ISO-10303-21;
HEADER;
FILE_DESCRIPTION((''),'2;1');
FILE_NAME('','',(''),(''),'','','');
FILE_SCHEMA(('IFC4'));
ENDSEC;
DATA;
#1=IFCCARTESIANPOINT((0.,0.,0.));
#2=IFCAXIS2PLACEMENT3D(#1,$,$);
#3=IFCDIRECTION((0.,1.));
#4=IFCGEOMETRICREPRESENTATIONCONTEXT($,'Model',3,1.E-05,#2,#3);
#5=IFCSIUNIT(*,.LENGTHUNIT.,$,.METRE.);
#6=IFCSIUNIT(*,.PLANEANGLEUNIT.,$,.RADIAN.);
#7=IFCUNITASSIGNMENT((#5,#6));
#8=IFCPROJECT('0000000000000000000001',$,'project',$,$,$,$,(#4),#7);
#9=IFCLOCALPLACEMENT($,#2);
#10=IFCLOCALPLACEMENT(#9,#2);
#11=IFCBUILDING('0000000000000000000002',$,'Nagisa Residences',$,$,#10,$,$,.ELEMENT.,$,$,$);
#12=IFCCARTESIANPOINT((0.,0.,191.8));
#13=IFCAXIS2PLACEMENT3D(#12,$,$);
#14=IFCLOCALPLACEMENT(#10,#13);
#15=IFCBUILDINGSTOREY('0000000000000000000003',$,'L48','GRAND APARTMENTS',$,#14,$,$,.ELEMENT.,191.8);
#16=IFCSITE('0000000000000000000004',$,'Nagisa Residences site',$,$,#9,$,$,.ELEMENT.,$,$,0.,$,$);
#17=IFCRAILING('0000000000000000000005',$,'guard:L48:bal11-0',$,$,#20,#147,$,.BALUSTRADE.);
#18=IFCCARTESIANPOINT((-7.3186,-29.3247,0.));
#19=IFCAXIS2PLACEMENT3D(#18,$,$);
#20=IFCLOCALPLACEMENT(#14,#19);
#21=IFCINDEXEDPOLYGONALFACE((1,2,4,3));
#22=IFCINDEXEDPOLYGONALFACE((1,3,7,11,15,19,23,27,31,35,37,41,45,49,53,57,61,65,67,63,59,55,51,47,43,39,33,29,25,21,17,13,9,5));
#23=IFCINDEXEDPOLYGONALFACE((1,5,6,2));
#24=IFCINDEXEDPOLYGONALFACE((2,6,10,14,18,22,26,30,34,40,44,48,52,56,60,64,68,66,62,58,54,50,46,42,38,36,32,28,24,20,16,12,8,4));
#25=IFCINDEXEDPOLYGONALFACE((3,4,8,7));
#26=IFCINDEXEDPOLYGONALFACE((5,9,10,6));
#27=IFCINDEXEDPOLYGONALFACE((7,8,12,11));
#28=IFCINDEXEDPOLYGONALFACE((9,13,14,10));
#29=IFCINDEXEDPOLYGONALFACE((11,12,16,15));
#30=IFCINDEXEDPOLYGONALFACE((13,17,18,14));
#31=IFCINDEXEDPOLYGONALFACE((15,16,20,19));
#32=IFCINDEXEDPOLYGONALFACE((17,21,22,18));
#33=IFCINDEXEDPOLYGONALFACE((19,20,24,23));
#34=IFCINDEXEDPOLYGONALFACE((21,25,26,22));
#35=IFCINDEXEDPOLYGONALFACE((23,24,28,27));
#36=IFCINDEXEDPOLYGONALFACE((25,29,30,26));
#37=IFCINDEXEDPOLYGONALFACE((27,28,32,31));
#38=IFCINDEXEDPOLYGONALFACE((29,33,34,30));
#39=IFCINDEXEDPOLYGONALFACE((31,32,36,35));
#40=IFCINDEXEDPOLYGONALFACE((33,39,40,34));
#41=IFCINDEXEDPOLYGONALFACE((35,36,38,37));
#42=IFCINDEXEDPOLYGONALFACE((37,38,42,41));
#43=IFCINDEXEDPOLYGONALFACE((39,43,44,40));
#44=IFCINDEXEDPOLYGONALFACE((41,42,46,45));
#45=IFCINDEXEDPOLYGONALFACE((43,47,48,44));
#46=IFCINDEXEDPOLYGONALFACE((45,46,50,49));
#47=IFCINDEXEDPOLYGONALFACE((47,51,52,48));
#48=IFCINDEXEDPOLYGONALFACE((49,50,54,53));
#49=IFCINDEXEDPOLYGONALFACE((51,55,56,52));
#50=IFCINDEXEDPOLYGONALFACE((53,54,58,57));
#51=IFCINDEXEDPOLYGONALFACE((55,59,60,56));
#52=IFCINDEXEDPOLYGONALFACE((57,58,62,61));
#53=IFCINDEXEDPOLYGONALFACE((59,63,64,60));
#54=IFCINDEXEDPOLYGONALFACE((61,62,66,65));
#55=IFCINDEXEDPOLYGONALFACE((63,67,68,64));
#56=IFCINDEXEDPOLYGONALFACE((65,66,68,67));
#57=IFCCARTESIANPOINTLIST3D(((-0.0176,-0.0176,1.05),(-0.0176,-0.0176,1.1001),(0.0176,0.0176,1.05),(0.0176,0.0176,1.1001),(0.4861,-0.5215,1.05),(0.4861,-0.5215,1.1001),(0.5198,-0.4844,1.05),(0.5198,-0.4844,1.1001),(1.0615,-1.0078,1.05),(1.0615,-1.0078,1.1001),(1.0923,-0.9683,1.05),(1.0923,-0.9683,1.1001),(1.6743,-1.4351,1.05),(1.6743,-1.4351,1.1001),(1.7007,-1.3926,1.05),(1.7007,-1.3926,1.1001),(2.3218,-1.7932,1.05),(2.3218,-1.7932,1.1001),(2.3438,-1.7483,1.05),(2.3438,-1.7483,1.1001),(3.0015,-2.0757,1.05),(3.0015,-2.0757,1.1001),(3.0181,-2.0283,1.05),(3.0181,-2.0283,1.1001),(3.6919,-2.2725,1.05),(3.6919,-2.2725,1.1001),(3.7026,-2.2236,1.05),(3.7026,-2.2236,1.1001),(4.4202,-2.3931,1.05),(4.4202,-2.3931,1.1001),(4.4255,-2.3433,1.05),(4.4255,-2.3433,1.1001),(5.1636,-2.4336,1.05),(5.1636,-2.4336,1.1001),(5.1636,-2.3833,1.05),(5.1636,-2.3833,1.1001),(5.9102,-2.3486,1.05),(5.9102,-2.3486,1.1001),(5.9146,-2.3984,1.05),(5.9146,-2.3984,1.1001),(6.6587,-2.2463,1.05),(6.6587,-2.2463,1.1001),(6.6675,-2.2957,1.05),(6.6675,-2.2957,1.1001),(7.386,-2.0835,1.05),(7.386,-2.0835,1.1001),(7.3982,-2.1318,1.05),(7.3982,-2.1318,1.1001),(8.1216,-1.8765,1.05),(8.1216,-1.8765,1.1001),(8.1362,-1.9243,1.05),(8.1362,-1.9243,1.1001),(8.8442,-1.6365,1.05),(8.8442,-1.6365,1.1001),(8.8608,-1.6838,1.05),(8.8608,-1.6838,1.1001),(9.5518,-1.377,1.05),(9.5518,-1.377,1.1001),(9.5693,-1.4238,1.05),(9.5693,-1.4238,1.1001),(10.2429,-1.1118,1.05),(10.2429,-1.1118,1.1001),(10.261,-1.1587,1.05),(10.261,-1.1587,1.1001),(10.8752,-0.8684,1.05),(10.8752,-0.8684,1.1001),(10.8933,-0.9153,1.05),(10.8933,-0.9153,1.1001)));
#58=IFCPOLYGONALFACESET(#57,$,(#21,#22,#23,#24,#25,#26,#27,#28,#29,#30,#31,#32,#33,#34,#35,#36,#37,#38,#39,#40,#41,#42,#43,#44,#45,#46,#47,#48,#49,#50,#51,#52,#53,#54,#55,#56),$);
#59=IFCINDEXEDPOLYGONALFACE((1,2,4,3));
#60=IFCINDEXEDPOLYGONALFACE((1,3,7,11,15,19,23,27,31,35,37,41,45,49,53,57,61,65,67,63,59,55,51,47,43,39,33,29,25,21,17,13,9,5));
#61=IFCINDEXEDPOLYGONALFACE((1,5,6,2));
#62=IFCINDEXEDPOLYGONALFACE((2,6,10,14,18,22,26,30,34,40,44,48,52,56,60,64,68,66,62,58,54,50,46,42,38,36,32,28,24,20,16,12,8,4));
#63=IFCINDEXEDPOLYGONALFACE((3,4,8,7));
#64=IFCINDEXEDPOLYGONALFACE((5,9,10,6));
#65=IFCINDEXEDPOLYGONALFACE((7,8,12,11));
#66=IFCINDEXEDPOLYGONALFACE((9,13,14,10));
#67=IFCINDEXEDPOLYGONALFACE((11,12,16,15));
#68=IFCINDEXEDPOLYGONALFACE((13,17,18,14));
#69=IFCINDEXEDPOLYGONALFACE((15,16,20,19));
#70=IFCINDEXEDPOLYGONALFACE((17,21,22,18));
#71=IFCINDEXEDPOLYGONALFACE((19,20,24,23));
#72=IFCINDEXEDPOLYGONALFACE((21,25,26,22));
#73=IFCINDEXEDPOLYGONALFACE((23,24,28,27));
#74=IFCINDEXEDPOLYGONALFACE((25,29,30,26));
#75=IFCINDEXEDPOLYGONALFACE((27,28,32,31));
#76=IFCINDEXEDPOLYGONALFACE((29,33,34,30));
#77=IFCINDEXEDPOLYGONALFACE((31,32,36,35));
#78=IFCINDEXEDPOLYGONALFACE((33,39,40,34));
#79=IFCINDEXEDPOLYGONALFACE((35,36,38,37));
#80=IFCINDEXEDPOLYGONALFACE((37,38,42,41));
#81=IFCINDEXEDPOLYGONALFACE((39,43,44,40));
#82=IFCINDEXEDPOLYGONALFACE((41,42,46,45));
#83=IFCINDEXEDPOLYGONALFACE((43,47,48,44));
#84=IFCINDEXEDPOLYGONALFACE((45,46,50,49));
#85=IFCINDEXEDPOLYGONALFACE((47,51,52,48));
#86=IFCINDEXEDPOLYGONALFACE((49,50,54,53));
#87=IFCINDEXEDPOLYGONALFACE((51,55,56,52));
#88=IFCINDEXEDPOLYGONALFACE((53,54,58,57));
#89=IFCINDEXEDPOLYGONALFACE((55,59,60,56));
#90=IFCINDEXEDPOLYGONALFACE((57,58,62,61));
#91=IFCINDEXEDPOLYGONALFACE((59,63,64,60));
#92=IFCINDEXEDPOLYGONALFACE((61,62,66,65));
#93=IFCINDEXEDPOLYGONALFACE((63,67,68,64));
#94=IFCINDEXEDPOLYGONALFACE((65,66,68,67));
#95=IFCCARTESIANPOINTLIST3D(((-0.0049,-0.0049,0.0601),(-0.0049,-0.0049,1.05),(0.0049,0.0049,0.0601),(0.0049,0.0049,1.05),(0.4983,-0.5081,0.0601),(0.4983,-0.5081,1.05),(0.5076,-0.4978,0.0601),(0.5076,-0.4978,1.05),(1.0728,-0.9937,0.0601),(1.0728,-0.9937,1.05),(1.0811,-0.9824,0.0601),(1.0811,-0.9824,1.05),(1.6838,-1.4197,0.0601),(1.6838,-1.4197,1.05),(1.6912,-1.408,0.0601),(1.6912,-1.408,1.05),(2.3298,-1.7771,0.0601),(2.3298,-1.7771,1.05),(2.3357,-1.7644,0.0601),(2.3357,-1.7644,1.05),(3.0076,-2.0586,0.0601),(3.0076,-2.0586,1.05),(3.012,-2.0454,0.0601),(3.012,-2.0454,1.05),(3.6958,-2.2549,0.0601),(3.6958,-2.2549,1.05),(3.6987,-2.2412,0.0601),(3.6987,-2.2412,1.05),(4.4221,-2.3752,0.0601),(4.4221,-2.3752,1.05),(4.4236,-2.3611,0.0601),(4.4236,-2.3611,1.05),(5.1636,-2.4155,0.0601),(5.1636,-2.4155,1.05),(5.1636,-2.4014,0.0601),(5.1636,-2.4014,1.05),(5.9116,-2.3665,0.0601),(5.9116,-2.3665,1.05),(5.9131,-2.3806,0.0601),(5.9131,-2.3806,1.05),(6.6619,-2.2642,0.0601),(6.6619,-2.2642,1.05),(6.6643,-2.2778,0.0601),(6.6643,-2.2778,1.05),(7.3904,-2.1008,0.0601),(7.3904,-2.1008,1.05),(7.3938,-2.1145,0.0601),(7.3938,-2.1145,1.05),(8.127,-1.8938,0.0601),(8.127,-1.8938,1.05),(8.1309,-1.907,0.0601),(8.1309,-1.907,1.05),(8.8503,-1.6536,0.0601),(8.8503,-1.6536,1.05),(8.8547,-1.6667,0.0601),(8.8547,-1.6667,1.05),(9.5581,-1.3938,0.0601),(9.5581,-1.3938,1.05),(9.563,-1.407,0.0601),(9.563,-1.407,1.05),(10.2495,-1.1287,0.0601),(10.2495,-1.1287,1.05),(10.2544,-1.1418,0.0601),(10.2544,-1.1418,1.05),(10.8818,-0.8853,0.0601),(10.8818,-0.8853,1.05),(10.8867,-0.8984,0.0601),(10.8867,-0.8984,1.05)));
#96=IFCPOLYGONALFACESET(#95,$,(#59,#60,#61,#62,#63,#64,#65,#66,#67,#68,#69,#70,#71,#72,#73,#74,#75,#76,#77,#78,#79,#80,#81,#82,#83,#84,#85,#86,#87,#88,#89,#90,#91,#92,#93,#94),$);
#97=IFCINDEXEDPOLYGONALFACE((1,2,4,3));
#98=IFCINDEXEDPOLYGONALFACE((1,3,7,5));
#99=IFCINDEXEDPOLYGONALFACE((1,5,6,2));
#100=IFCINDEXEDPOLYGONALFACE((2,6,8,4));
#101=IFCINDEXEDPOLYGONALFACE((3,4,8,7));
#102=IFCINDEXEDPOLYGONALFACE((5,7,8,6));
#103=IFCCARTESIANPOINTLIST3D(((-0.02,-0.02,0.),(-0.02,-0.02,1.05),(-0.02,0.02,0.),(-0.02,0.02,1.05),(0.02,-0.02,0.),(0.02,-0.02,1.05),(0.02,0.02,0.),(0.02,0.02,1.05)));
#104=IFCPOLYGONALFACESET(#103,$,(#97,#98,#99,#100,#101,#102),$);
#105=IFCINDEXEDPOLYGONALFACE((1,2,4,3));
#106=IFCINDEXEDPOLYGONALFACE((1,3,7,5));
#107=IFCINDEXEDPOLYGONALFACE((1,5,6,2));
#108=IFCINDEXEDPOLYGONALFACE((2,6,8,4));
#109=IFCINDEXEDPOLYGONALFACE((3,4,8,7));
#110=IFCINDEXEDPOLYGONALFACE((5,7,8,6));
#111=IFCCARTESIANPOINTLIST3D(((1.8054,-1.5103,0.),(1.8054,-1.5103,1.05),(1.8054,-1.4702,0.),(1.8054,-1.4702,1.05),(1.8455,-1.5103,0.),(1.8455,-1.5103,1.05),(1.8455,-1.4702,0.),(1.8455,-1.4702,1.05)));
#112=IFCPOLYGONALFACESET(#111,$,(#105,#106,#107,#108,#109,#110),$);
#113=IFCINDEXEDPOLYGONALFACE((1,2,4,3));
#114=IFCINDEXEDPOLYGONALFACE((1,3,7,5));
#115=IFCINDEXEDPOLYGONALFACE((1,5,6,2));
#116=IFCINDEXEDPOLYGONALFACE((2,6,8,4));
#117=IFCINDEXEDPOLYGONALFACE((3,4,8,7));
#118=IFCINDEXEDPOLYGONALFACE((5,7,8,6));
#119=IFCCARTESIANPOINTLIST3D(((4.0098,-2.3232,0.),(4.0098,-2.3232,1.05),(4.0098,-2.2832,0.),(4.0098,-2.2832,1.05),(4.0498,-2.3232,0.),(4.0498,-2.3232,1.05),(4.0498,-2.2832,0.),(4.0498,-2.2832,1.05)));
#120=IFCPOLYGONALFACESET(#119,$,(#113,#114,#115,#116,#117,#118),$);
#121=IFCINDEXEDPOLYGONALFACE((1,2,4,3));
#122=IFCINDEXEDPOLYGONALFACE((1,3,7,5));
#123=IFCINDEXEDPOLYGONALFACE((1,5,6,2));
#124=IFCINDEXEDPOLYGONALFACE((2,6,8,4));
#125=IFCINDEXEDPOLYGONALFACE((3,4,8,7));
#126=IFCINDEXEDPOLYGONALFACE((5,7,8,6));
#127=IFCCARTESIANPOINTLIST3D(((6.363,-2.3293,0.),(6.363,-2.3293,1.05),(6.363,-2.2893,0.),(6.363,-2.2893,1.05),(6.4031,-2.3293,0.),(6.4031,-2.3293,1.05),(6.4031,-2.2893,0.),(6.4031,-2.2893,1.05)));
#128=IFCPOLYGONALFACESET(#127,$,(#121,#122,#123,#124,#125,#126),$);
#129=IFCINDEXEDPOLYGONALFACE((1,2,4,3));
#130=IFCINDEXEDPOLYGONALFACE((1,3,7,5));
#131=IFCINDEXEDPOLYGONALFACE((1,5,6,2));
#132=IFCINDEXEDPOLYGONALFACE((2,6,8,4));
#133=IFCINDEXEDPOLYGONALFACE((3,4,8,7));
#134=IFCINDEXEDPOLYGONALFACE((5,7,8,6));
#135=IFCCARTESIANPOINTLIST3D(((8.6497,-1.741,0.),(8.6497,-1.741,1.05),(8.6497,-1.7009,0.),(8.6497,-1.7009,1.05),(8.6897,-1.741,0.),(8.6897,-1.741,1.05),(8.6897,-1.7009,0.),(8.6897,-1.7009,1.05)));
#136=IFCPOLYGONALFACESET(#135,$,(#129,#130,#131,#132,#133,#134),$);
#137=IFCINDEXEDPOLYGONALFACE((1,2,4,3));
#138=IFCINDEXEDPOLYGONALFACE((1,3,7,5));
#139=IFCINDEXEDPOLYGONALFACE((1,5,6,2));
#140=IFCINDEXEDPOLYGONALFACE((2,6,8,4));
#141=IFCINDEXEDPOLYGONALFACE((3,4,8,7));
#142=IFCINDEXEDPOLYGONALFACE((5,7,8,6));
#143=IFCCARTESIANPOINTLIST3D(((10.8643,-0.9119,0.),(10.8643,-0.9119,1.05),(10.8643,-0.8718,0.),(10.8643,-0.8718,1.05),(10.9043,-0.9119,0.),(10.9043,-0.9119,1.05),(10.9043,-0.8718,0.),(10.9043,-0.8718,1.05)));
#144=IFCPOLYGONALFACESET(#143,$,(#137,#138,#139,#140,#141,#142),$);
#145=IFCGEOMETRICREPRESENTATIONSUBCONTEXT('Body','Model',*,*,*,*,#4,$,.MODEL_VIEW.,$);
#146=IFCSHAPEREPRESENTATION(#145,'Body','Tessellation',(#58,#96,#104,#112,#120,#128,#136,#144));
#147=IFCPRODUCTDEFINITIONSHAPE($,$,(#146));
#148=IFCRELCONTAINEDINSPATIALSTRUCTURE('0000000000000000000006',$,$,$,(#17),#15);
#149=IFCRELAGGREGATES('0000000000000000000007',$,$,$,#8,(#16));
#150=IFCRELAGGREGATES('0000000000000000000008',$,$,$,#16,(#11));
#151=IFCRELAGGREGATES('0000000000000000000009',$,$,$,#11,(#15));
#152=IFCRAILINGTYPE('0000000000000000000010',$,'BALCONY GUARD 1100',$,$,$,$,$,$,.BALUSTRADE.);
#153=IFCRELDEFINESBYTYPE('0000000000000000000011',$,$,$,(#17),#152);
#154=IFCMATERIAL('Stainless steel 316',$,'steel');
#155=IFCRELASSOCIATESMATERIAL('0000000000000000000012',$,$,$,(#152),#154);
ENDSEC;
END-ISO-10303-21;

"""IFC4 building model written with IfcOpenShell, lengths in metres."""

from ifc_helpers import new_model, si_unit, direction, frame, origin, origin_2d, place, context, subcontext, project, spatial, polyline, rectangle, outline, extrude, material, type_object, element, save


model = new_model("IFC4")

# Units and contexts
model_context = context("Model", 3, precision=1e-05, world=origin(), true_north=direction((0.0, 1.0)))
body_context = subcontext(model_context, "Body", "Model", "MODEL_VIEW")
ifc_project = project(units=[si_unit("LENGTHUNIT", "METRE"), si_unit("PLANEANGLEUNIT", "RADIAN")], contexts=[model_context])

# Site, building, storey
site_placement = place(None, origin())
site = spatial("IfcSite", under=ifc_project, at=site_placement, Name="Nagisa Residences site", CompositionType="ELEMENT", RefElevation=0.0)
building_placement = place(site_placement, origin())
building = spatial("IfcBuilding", under=site, at=building_placement, Name="Nagisa Residences", CompositionType="ELEMENT")
storey_placement = place(building_placement, frame((0.0, 0.0, 191.8)))
storey = spatial("IfcBuildingStorey", under=building, at=storey_placement, Name="L48", Description="GRAND APARTMENTS", CompositionType="ELEMENT", Elevation=191.8)

# Railing
ifc_material_1 = material(Name="Stainless steel 316", Category="steel")
railing_type_1 = type_object("IfcRailingType", Name="BALCONY GUARD 1100", PredefinedType="BALUSTRADE", material=ifc_material_1)
railing_1_placement = place(storey_placement, frame((-7.3186, -29.3247, 0.0)))
element("IfcRailing", 1, at=railing_1_placement, inside=storey, type_object=railing_type_1, Name="guard:L48:bal11-0", PredefinedType="BALUSTRADE", context=body_context, shape_type="SweptSolid", body=[
    extrude(outline(polyline([(0.5198, -0.4844), (0.0176, 0.0176), (-0.0176, -0.0176), (0.4861, -0.5215), (1.0615, -1.0078), (1.6743, -1.4351), (2.3218, -1.7932), (3.0015, -2.0757), (3.6919, -2.2725), (4.4202, -2.3931), (5.1636, -2.4336), (5.9146, -2.3984), (6.6675, -2.2957), (7.3982, -2.1318), (8.1362, -1.9243), (8.8608, -1.6838), (9.5693, -1.4238), (10.261, -1.1587), (10.8933, -0.9153), (10.8752, -0.8684), (10.2429, -1.1118), (9.5518, -1.377), (8.8442, -1.6365), (8.1216, -1.8765), (7.386, -2.0835), (6.6587, -2.2463), (5.9102, -2.3486), (5.1636, -2.3833), (4.4255, -2.3433), (3.7026, -2.2236), (3.0181, -2.0283), (2.3438, -1.7483), (1.7007, -1.3926), (1.0923, -0.9683), (0.5198, -0.4844)])), frame((0.0, 0.0, 1.05)), (0.0, 0.0, 1.0), 0.05),
    extrude(outline(polyline([(0.5076, -0.4978), (0.0049, 0.0049), (-0.0049, -0.0049), (0.4983, -0.5081), (1.0728, -0.9937), (1.6838, -1.4197), (2.3298, -1.7771), (3.0076, -2.0586), (3.6958, -2.2549), (4.4221, -2.3752), (5.1636, -2.4155), (5.9131, -2.3806), (6.6643, -2.2778), (7.3938, -2.1145), (8.1309, -1.907), (8.8547, -1.6667), (9.563, -1.407), (10.2544, -1.1418), (10.8867, -0.8984), (10.8818, -0.8853), (10.2495, -1.1287), (9.5581, -1.3938), (8.8503, -1.6536), (8.127, -1.8938), (7.3904, -2.1008), (6.6619, -2.2642), (5.9116, -2.3665), (5.1636, -2.4014), (4.4236, -2.3611), (3.6987, -2.2412), (3.012, -2.0454), (2.3357, -1.7644), (1.6912, -1.408), (1.0811, -0.9824), (0.5076, -0.4978)])), frame((0.0, 0.0, 0.0601)), (0.0, 0.0, 1.0), 0.99),
    extrude(rectangle(XDim=0.04, YDim=0.04, at=origin_2d()), origin(), (0.0, 0.0, 1.0), 1.05),
    extrude(rectangle(XDim=0.04, YDim=0.04, at=origin_2d()), frame((1.8254, -1.4902, 0.0)), (0.0, 0.0, 1.0), 1.05),
    extrude(rectangle(XDim=0.04, YDim=0.04, at=origin_2d()), frame((4.0298, -2.3032, 0.0)), (0.0, 0.0, 1.0), 1.05),
    extrude(rectangle(XDim=0.04, YDim=0.04, at=origin_2d()), frame((6.3831, -2.3093, 0.0)), (0.0, 0.0, 1.0), 1.05),
    extrude(rectangle(XDim=0.04, YDim=0.04, at=origin_2d()), frame((8.6697, -1.7209, 0.0)), (0.0, 0.0, 1.0), 1.05),
    extrude(rectangle(XDim=0.04, YDim=0.04, at=origin_2d()), frame((10.8843, -0.8918, 0.0)), (0.0, 0.0, 1.0), 1.05),
])

save(model, "model.ifc")
